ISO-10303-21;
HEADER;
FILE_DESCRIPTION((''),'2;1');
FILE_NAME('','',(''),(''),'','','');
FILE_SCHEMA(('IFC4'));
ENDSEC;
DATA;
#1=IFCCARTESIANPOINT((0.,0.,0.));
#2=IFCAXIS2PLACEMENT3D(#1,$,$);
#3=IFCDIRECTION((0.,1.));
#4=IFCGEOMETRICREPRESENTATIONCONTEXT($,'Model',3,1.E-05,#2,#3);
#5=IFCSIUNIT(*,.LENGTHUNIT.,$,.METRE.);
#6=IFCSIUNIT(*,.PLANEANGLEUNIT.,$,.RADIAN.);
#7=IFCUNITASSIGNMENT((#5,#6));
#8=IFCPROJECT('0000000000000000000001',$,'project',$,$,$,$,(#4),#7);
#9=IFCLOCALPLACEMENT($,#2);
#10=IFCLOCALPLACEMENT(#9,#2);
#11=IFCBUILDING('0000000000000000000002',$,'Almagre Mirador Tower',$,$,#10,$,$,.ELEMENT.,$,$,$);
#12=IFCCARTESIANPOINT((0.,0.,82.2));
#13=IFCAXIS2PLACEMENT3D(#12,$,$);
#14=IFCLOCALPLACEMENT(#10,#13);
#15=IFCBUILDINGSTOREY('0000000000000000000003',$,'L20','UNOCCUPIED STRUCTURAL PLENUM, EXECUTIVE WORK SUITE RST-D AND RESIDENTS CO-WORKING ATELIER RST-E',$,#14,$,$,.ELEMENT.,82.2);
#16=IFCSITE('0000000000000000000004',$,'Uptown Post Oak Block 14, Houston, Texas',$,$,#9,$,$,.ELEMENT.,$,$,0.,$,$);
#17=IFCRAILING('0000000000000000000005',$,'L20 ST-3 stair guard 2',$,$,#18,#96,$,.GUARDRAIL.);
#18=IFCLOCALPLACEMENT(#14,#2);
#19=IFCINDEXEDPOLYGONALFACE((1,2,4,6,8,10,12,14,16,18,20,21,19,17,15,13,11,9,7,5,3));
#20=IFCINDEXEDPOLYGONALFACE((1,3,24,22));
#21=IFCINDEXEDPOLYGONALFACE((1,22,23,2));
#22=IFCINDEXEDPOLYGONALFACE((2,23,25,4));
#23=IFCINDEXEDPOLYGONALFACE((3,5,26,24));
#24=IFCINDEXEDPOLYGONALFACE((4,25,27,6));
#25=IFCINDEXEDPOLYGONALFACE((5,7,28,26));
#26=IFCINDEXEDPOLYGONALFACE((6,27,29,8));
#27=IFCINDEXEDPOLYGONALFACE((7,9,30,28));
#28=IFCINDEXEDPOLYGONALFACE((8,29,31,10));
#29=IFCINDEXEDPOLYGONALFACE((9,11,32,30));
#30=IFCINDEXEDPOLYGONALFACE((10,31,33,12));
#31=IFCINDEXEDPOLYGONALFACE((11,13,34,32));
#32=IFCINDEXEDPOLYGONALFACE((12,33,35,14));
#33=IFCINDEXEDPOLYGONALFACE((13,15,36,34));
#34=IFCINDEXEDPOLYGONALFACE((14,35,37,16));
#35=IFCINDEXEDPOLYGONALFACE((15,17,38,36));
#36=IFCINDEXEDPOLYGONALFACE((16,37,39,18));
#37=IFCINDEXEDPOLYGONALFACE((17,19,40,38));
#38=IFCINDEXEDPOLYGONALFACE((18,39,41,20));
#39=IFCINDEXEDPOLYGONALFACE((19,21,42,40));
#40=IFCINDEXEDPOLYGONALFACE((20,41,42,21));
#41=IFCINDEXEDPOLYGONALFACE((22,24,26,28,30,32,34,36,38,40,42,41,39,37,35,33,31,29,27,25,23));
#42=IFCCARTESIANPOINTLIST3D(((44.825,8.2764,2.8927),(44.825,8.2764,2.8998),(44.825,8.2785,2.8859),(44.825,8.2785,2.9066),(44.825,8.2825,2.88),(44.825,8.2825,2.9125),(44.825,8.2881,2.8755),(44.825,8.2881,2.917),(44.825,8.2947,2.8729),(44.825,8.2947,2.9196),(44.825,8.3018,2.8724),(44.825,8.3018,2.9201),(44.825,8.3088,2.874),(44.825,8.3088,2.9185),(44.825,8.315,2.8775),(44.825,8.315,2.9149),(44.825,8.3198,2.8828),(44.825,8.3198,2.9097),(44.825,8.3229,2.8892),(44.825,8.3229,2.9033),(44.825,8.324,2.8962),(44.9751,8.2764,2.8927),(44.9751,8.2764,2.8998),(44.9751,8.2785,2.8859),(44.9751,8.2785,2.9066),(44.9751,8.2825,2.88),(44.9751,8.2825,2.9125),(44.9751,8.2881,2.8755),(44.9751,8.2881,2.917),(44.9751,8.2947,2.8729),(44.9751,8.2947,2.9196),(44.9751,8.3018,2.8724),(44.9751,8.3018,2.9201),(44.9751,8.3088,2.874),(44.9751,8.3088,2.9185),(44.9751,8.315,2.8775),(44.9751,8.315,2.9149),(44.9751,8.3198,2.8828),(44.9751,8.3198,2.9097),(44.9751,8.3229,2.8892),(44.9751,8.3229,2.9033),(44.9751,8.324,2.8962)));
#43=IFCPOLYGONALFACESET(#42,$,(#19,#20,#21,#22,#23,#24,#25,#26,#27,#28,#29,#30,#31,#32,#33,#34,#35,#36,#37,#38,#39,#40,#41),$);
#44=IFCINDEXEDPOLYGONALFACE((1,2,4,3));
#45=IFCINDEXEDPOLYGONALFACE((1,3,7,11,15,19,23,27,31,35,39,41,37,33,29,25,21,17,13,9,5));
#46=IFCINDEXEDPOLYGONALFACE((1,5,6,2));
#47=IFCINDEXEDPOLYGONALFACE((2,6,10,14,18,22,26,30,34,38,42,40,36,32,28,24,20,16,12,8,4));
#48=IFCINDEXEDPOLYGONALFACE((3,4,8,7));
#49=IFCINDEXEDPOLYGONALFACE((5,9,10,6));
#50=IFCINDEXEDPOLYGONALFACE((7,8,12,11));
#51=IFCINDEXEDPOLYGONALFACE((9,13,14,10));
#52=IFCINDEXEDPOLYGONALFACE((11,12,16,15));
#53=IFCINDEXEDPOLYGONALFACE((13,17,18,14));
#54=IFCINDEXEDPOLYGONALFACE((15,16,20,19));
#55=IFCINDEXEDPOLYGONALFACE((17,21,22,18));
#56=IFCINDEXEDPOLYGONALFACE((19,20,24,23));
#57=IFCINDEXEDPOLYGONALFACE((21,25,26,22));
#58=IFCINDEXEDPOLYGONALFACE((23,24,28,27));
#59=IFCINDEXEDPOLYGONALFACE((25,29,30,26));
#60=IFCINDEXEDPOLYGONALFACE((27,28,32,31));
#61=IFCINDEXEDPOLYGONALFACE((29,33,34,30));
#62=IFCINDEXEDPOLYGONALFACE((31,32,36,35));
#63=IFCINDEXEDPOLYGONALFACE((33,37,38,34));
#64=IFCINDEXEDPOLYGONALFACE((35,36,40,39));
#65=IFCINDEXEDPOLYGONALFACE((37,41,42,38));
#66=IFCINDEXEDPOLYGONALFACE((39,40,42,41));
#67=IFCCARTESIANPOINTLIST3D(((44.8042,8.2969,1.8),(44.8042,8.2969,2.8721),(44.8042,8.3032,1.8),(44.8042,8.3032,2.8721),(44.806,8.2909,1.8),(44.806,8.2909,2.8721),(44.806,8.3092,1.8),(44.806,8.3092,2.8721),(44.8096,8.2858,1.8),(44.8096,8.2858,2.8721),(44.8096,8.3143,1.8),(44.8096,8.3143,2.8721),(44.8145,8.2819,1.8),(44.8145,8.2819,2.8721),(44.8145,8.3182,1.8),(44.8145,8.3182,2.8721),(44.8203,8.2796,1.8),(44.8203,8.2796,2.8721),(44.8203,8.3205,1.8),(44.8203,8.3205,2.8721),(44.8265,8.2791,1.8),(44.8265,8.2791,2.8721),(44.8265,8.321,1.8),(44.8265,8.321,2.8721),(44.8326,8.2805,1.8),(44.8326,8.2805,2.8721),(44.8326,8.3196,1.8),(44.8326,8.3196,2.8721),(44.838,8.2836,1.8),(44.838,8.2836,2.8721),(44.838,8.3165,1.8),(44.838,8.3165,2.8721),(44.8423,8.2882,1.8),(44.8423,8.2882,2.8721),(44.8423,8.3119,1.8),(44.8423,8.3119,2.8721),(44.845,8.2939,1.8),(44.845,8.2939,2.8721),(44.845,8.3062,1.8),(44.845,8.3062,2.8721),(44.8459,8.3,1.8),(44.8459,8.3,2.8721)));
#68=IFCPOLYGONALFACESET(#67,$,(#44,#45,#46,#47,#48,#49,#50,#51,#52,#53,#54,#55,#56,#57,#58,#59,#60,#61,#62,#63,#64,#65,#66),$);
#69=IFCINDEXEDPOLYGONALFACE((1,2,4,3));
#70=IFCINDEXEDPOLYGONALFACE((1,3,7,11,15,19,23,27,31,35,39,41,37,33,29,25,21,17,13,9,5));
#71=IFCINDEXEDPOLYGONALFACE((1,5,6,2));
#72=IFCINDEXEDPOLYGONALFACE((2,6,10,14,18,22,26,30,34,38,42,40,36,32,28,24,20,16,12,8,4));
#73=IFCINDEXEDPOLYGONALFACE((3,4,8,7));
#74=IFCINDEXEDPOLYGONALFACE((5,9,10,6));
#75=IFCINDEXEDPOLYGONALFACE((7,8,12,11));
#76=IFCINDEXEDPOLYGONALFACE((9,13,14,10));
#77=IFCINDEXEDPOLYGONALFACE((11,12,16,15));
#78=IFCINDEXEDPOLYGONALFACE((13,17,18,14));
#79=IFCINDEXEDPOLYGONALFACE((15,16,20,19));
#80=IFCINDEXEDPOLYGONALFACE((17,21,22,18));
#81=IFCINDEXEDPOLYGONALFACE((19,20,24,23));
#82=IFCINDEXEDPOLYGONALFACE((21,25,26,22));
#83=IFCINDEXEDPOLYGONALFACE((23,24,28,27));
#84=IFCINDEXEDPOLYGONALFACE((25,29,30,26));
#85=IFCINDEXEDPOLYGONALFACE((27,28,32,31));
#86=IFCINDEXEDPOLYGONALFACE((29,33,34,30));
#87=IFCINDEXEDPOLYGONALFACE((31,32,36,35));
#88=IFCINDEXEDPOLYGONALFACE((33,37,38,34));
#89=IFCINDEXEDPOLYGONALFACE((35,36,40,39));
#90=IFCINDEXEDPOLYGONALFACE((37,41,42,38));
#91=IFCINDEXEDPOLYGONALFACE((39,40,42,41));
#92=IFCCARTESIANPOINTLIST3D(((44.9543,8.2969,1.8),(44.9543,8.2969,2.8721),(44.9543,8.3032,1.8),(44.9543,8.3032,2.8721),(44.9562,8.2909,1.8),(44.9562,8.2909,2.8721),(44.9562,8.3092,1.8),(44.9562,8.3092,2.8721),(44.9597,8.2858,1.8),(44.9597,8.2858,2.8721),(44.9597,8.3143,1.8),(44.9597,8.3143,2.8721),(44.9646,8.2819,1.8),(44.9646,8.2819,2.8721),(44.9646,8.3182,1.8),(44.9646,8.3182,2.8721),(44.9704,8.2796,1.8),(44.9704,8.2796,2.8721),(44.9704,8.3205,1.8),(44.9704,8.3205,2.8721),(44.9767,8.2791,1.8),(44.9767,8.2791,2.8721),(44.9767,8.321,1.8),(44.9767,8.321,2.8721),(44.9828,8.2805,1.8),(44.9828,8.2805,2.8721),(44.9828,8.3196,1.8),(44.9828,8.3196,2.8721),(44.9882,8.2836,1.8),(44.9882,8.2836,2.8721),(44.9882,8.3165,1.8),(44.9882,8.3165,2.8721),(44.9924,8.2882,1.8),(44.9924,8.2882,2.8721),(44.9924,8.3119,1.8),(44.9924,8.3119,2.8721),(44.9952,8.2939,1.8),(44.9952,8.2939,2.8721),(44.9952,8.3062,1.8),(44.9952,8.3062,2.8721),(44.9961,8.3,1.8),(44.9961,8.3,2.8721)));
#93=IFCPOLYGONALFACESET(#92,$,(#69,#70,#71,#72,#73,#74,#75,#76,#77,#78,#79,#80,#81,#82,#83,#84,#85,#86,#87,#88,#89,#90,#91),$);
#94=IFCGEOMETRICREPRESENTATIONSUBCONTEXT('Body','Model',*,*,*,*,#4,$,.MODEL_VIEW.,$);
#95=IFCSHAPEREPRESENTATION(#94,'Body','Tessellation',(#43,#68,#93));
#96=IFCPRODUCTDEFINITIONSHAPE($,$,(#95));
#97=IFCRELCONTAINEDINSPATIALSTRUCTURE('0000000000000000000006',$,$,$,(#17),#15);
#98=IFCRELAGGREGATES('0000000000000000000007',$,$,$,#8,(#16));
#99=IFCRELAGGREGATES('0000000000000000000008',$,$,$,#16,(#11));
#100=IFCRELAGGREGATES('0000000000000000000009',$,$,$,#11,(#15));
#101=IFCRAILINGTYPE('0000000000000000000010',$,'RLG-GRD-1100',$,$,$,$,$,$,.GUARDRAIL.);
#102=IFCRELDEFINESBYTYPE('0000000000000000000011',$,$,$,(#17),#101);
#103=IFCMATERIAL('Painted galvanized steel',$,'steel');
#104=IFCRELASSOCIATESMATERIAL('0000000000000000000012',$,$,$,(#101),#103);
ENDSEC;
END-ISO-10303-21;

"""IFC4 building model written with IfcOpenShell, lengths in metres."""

from ifc_helpers import new_model, si_unit, direction, frame, origin, origin_2d, place, context, subcontext, project, spatial, circle, extrude, material, type_object, element, save


model = new_model("IFC4")

# Units and contexts
model_context = context("Model", 3, precision=1e-05, world=origin(), true_north=direction((0.0, 1.0)))
body_context = subcontext(model_context, "Body", "Model", "MODEL_VIEW")
ifc_project = project(units=[si_unit("LENGTHUNIT", "METRE"), si_unit("PLANEANGLEUNIT", "RADIAN")], contexts=[model_context])

# Site, building, storey
site_placement = place(None, origin())
site = spatial("IfcSite", under=ifc_project, at=site_placement, Name="Uptown Post Oak Block 14, Houston, Texas", CompositionType="ELEMENT", RefElevation=0.0)
building_placement = place(site_placement, origin())
building = spatial("IfcBuilding", under=site, at=building_placement, Name="Almagre Mirador Tower", CompositionType="ELEMENT")
storey_placement = place(building_placement, frame((0.0, 0.0, 82.2)))
storey = spatial("IfcBuildingStorey", under=building, at=storey_placement, Name="L20", Description="UNOCCUPIED STRUCTURAL PLENUM, EXECUTIVE WORK SUITE RST-D AND RESIDENTS CO-WORKING ATELIER RST-E", CompositionType="ELEMENT", Elevation=82.2)

# Railing
ifc_material_1 = material(Name="Painted galvanized steel", Category="steel")
railing_type_1 = type_object("IfcRailingType", Name="RLG-GRD-1100", PredefinedType="GUARDRAIL", material=ifc_material_1)
railing_1_placement = place(storey_placement, frame((44.825, 8.3, 1.8)))
element("IfcRailing", 1, at=railing_1_placement, inside=storey, type_object=railing_type_1, Name="L20 ST-3 stair guard 2", PredefinedType="GUARDRAIL", context=body_context, shape_type="SweptSolid", body=[
    extrude(circle(Radius=0.0239, at=origin_2d()), frame((0.0, 0.0, 1.0962), z_axis=(1.0, 0.0, 0.0), x_axis=(0.0, 1.0, 0.0)), (0.0, 0.0, 1.0), 0.1501),
    extrude(circle(Radius=0.021, at=origin_2d()), origin(), (0.0, 0.0, 1.0), 1.072),
    extrude(circle(Radius=0.021, at=origin_2d()), frame((0.1501, 0.0, 0.0)), (0.0, 0.0, 1.0), 1.072),
])

save(model, "model.ifc")
